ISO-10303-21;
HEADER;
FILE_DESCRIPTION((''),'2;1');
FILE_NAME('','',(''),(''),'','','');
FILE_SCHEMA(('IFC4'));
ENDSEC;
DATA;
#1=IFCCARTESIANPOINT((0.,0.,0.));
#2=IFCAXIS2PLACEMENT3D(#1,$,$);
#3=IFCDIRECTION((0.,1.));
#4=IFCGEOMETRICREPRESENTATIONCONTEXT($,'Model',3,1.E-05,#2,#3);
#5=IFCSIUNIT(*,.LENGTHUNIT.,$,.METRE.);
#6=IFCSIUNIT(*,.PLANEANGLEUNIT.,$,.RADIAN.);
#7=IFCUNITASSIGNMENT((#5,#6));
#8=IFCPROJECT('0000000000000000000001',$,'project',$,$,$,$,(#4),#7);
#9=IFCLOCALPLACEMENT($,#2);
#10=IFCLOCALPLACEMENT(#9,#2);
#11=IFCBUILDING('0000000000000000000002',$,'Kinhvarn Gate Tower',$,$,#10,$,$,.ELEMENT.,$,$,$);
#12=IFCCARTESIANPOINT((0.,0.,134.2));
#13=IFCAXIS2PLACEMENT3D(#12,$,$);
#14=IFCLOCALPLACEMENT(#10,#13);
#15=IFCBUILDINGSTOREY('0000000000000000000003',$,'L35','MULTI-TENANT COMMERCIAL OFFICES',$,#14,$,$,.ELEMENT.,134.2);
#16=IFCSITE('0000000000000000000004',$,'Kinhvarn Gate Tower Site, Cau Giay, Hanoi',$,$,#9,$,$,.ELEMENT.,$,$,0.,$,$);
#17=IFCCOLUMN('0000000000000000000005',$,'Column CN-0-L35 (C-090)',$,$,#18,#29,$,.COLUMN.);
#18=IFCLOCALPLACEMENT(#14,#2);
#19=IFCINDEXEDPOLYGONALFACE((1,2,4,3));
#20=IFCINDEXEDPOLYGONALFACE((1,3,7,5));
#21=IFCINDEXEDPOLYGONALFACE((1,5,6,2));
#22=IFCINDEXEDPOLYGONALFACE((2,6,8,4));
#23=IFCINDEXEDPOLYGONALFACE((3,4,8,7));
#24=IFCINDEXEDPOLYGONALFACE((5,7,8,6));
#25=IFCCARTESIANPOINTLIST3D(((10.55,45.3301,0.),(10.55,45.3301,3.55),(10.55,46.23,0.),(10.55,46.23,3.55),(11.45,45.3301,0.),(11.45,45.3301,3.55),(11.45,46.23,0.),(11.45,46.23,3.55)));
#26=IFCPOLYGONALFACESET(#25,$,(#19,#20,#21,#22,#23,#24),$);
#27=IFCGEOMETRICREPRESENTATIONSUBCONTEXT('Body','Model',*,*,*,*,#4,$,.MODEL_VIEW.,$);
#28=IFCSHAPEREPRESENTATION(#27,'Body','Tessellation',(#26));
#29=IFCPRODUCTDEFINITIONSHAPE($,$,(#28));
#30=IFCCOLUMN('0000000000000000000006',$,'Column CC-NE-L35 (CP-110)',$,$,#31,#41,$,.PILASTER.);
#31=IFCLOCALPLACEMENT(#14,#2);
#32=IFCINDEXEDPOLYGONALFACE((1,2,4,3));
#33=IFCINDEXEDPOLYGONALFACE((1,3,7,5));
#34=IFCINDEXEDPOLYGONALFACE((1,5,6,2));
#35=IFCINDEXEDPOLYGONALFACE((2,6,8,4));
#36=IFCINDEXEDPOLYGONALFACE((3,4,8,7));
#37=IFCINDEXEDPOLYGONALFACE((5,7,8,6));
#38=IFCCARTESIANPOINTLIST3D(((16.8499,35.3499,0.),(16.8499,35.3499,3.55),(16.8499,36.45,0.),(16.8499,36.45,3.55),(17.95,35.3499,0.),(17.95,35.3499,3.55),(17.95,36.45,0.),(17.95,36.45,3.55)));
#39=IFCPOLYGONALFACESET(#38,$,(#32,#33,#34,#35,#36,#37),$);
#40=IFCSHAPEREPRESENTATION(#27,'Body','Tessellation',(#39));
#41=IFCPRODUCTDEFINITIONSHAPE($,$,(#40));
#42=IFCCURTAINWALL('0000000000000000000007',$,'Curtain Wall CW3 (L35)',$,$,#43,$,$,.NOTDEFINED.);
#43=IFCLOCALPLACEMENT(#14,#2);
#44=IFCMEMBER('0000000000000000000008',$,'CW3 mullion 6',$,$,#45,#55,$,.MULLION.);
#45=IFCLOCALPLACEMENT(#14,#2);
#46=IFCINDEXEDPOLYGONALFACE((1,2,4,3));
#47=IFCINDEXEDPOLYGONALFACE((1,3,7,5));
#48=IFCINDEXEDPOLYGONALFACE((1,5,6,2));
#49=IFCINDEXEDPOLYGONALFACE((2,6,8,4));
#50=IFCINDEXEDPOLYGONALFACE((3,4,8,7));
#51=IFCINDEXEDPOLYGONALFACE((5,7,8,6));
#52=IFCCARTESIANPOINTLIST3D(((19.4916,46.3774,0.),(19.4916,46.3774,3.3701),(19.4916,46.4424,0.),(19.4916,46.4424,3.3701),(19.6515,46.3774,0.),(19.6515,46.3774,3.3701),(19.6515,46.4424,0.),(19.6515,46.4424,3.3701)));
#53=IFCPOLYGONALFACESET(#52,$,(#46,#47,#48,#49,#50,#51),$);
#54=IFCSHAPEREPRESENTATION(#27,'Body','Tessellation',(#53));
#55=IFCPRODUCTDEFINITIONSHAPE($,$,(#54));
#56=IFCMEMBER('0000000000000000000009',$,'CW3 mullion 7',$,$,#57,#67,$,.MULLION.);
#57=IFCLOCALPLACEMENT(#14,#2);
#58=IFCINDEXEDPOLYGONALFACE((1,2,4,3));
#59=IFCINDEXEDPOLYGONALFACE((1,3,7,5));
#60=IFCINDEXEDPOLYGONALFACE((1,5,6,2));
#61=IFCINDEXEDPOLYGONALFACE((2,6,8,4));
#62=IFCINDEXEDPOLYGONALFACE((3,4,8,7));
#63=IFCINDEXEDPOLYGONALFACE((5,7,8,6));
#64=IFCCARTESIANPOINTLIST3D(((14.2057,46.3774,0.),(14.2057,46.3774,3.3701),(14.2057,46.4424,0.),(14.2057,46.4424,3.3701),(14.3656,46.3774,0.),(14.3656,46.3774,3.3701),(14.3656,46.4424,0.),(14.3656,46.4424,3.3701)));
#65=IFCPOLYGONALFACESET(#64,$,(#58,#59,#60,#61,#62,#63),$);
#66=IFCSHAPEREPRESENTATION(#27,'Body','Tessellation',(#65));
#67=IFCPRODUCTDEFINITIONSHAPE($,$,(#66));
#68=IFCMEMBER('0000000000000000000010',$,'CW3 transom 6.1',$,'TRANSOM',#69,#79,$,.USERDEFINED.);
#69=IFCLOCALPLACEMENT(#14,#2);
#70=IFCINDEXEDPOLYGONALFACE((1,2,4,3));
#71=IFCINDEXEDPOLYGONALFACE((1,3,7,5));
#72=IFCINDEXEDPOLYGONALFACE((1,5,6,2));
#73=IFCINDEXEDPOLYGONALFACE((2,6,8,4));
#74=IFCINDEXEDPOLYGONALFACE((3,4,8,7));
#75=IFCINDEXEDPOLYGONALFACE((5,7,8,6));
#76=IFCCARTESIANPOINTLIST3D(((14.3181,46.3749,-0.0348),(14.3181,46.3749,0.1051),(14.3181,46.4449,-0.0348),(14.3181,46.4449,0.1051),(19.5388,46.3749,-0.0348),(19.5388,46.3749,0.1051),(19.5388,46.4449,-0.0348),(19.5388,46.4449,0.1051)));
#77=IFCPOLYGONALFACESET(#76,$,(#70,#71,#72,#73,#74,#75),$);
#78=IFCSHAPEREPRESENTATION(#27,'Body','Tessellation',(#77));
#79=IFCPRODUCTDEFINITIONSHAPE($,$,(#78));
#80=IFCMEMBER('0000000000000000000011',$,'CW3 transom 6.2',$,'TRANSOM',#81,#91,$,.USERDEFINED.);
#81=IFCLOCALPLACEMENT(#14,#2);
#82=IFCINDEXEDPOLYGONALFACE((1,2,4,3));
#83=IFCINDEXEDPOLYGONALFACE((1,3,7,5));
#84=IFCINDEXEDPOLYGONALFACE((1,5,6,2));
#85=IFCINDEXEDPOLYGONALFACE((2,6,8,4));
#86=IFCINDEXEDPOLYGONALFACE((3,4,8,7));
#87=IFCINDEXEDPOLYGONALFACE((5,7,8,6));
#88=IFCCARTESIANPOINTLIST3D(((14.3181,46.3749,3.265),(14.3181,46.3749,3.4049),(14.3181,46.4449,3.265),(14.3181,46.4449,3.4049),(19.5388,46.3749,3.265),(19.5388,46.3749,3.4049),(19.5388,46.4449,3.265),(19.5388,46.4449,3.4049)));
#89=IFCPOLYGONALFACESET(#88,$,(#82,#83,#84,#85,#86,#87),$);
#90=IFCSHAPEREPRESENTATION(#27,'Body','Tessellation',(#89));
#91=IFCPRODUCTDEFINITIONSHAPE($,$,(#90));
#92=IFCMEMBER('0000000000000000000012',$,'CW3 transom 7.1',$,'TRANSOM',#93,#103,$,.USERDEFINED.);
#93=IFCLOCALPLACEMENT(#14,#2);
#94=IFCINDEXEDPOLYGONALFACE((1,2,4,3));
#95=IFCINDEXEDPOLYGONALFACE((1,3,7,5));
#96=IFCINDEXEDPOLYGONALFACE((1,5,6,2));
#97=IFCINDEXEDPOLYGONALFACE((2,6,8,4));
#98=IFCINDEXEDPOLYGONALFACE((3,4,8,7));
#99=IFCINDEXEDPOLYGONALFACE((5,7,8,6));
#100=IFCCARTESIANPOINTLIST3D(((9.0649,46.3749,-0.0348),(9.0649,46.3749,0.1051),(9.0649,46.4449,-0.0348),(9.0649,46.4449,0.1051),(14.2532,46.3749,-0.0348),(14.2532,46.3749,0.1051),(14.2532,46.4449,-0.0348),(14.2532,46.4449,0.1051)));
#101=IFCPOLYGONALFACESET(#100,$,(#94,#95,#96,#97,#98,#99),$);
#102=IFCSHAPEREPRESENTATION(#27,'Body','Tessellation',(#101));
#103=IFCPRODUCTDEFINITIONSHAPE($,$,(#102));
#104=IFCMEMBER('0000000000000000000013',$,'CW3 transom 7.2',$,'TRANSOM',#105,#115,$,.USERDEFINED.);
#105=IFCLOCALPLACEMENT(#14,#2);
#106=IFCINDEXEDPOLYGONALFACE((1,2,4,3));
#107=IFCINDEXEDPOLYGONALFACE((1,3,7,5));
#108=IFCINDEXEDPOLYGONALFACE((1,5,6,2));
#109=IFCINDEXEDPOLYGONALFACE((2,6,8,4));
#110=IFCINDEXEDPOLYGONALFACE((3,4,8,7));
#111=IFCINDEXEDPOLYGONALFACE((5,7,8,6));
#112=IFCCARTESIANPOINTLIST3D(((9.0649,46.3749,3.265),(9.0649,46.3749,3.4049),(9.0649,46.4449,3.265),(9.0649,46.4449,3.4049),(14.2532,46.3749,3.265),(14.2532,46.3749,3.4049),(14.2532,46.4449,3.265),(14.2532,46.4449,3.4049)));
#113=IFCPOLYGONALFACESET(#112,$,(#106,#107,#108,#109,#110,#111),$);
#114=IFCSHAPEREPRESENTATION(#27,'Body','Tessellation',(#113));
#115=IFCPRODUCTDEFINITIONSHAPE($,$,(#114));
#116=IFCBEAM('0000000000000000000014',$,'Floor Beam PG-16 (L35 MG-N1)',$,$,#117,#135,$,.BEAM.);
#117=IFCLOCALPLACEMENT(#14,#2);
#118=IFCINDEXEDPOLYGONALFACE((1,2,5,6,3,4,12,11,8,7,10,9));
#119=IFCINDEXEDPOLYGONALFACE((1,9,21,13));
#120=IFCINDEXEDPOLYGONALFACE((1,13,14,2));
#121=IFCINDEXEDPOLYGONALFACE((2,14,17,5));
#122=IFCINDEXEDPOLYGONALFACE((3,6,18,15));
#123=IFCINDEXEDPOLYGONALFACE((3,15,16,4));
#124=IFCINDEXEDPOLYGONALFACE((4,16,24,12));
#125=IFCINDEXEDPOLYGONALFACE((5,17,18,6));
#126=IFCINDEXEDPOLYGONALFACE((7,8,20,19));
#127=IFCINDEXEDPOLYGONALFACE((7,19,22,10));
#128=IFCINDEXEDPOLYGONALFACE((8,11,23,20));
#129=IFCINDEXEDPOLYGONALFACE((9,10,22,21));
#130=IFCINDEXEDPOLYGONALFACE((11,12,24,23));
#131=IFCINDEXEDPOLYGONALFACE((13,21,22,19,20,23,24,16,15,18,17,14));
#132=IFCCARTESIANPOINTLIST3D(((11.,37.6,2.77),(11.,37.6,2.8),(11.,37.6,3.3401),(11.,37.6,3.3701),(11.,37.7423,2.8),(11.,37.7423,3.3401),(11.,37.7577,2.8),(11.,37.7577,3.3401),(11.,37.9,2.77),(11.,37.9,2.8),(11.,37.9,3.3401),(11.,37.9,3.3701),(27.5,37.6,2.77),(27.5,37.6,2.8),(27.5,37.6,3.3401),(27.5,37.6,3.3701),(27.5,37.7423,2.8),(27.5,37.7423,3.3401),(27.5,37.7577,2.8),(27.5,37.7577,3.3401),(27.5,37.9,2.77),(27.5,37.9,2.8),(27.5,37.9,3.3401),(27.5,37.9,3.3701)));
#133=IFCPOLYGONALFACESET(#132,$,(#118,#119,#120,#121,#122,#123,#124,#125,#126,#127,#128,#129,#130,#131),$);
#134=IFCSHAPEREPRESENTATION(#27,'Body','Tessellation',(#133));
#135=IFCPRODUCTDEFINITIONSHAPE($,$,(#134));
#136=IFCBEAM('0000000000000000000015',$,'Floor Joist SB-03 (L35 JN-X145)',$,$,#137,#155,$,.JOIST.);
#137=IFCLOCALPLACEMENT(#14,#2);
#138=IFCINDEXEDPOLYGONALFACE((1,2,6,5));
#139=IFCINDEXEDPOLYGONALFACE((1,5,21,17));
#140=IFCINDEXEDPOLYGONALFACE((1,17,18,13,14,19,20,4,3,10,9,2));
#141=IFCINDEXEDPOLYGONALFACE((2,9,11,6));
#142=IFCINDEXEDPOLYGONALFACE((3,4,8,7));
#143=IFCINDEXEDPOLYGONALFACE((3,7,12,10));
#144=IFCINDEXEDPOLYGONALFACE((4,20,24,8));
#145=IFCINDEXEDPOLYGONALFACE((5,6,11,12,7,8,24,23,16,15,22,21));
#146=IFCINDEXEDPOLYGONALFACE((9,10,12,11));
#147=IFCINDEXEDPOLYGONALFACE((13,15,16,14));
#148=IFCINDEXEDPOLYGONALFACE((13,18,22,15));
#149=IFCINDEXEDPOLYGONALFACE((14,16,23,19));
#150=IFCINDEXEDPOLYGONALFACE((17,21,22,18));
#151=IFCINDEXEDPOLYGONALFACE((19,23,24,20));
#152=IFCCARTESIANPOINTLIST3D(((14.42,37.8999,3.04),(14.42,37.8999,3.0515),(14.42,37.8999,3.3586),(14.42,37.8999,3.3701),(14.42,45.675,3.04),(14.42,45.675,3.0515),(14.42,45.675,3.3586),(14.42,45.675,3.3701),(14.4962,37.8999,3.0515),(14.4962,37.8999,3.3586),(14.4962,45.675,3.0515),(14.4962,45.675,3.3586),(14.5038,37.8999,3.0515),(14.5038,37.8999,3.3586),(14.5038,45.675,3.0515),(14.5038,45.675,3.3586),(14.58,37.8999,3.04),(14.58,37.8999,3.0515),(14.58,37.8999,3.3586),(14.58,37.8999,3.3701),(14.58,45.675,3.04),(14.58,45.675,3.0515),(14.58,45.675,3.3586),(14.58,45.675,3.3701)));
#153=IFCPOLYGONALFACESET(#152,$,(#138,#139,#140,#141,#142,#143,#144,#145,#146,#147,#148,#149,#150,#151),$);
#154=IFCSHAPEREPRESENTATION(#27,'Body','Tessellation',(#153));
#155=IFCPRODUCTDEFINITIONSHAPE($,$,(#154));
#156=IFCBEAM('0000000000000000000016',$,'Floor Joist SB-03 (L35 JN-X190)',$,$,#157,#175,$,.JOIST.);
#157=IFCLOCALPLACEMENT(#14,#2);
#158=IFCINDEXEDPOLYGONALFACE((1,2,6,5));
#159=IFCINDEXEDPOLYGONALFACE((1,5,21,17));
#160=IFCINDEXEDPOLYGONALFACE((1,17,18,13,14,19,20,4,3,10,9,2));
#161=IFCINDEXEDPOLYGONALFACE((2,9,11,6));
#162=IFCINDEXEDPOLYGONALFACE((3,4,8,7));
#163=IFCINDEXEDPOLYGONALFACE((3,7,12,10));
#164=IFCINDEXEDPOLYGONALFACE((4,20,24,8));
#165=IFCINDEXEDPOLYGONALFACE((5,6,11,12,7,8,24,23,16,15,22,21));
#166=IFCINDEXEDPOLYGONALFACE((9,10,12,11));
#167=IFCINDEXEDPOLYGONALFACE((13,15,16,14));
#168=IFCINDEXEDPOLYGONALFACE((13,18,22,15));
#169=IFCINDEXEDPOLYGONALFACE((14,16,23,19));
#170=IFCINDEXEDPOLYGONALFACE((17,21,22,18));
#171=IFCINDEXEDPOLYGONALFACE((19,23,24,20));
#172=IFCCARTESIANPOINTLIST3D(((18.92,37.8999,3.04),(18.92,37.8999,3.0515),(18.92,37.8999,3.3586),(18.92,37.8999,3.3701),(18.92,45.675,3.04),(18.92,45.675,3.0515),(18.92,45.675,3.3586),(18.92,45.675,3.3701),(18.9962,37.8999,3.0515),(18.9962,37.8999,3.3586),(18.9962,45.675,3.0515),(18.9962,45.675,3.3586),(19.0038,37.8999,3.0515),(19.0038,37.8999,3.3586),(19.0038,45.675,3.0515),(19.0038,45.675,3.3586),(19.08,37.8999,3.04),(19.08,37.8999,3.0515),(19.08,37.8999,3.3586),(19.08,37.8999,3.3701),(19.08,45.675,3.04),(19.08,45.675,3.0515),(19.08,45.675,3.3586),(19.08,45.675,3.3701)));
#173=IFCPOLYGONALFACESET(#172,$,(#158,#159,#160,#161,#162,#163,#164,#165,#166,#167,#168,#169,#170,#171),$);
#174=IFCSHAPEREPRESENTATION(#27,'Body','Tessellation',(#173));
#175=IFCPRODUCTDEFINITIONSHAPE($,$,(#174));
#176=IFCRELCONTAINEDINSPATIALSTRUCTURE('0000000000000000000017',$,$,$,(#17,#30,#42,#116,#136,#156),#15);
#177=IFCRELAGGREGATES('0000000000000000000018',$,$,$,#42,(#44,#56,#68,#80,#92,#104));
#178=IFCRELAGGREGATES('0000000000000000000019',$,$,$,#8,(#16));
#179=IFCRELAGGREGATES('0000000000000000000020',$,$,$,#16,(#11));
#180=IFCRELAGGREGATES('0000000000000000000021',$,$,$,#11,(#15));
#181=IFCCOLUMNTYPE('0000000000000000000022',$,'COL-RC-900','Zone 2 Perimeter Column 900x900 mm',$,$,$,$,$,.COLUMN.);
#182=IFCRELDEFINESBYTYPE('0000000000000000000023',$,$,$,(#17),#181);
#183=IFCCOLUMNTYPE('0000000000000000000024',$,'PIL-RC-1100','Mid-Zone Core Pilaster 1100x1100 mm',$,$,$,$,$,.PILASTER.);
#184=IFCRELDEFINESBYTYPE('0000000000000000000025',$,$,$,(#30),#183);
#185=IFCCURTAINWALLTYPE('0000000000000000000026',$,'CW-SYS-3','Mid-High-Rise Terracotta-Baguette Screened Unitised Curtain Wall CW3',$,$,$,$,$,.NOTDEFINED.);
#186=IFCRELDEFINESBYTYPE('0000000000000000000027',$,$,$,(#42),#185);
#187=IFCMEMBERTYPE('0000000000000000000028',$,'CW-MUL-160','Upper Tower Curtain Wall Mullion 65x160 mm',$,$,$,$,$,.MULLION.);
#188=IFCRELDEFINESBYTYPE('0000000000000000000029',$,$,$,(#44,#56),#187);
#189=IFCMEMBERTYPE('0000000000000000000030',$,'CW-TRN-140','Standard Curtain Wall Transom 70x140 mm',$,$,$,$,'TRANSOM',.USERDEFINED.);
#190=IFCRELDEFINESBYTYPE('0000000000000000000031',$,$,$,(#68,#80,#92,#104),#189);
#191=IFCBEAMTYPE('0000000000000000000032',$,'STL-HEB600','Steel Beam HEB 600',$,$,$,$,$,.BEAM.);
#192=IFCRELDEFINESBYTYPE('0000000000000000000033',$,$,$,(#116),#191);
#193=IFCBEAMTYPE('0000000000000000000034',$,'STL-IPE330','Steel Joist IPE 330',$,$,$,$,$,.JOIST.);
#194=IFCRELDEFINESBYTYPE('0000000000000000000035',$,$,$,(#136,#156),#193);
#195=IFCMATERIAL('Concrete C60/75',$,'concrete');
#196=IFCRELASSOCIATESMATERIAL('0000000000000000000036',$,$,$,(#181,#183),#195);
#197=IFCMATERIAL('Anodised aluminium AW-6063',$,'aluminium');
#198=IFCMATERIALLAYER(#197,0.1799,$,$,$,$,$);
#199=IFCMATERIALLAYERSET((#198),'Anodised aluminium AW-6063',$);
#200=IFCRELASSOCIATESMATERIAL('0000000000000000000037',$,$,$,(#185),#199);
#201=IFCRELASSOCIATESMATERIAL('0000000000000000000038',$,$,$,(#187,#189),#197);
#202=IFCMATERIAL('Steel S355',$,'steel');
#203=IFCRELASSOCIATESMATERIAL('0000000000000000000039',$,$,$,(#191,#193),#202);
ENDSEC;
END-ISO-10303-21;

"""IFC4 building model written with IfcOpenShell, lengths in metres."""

from ifc_helpers import new_model, si_unit, direction, frame, origin, origin_2d, place, context, subcontext, project, spatial, rectangle, i_section, extrude, material, layer, layer_set, material_profile, profile_set, type_object, element, aggregate, save


model = new_model("IFC4")

# Units and contexts
model_context = context("Model", 3, precision=1e-05, world=origin(), true_north=direction((0.0, 1.0)))
body_context = subcontext(model_context, "Body", "Model", "MODEL_VIEW")
ifc_project = project(units=[si_unit("LENGTHUNIT", "METRE"), si_unit("PLANEANGLEUNIT", "RADIAN")], contexts=[model_context])

# Site, building, storey
site_placement = place(None, origin())
site = spatial("IfcSite", under=ifc_project, at=site_placement, Name="Kinhvarn Gate Tower Site, Cau Giay, Hanoi", CompositionType="ELEMENT", RefElevation=0.0)
building_placement = place(site_placement, origin())
building = spatial("IfcBuilding", under=site, at=building_placement, Name="Kinhvarn Gate Tower", CompositionType="ELEMENT")
storey_placement = place(building_placement, frame((0.0, 0.0, 134.2)))
storey = spatial("IfcBuildingStorey", under=building, at=storey_placement, Name="L35", Description="MULTI-TENANT COMMERCIAL OFFICES", CompositionType="ELEMENT", Elevation=134.2)

# Columns
ifc_material_1 = material(Name="Concrete C60/75", Category="concrete")
ifc_material_profile_1 = material_profile(ifc_material_1, rectangle(XDim=0.8999, YDim=0.8999, at=origin_2d()), Name="RC 900x900")
ifc_profile_set_1 = profile_set([ifc_material_profile_1], Name="Concrete C60/75")
column_type_1 = type_object("IfcColumnType", Name="COL-RC-900", Description="Zone 2 Perimeter Column 900x900 mm", PredefinedType="COLUMN", material=ifc_profile_set_1)
column_1_placement = place(storey_placement, frame((11.0, 45.78, 0.0), z_axis=(0.0, 0.0, 1.0), x_axis=(1.0, 0.0, 0.0)))
element("IfcColumn", 1, at=column_1_placement, inside=storey, type_object=column_type_1, Name="Column CN-0-L35 (C-090)", PredefinedType="COLUMN", context=body_context, shape_type="SweptSolid", body=[
    extrude(rectangle(XDim=0.8999, YDim=0.8999, at=origin_2d()), origin(), (0.0, 0.0, 1.0), 3.55),
])
ifc_material_profile_2 = material_profile(ifc_material_1, rectangle(XDim=1.1001, YDim=1.1001, at=origin_2d()), Name="RC 1100x1100")
ifc_profile_set_2 = profile_set([ifc_material_profile_2], Name="Concrete C60/75")
column_type_2 = type_object("IfcColumnType", Name="PIL-RC-1100", Description="Mid-Zone Core Pilaster 1100x1100 mm", PredefinedType="PILASTER", material=ifc_profile_set_2)
column_2_placement = place(storey_placement, frame((17.3999, 35.8999, 0.0), z_axis=(0.0, 0.0, 1.0), x_axis=(1.0, 0.0, 0.0)))
element("IfcColumn", 2, at=column_2_placement, inside=storey, type_object=column_type_2, Name="Column CC-NE-L35 (CP-110)", PredefinedType="PILASTER", context=body_context, shape_type="SweptSolid", body=[
    extrude(rectangle(XDim=1.1001, YDim=1.1001, at=origin_2d()), origin(), (0.0, 0.0, 1.0), 3.55),
])

# Curtain wall, members
ifc_material_2 = material(Name="Anodised aluminium AW-6063", Category="aluminium")
ifc_layer_1 = layer(ifc_material_2, 0.1799)
ifc_layer_set_1 = layer_set([ifc_layer_1], Name="Anodised aluminium AW-6063")
curtain_wall_type = type_object("IfcCurtainWallType", Name="CW-SYS-3", Description="Mid-High-Rise Terracotta-Baguette Screened Unitised Curtain Wall CW3", PredefinedType="NOTDEFINED", material=ifc_layer_set_1)
curtain_wall_placement = place(storey_placement, origin())
curtain_wall = element("IfcCurtainWall", 3, at=curtain_wall_placement, inside=storey, type_object=curtain_wall_type, Name="Curtain Wall CW3 (L35)", PredefinedType="NOTDEFINED")
ifc_material_profile_3 = material_profile(ifc_material_2, rectangle(XDim=0.0649, YDim=0.1599, at=origin_2d()), Name="ALU 65x160")
ifc_profile_set_3 = profile_set([ifc_material_profile_3], Name="Anodised aluminium AW-6063")
member_type_1 = type_object("IfcMemberType", Name="CW-MUL-160", Description="Upper Tower Curtain Wall Mullion 65x160 mm", PredefinedType="MULLION", material=ifc_profile_set_3)
member_1_placement = place(storey_placement, frame((19.5715, 46.4099, 0.0), z_axis=(0.0, 0.0, 1.0), x_axis=(0.0, -1.0, 0.0)))
member_1 = element("IfcMember", 4, at=member_1_placement, type_object=member_type_1, Name="CW3 mullion 6", PredefinedType="MULLION", context=body_context, shape_type="SweptSolid", body=[
    extrude(rectangle(XDim=0.0649, YDim=0.1599, at=origin_2d()), origin(), (0.0, 0.0, 1.0), 3.3701),
])
member_2_placement = place(storey_placement, frame((14.2856, 46.4099, 0.0), z_axis=(0.0, 0.0, 1.0), x_axis=(0.0, -1.0, 0.0)))
member_2 = element("IfcMember", 5, at=member_2_placement, type_object=member_type_1, Name="CW3 mullion 7", PredefinedType="MULLION", context=body_context, shape_type="SweptSolid", body=[
    extrude(rectangle(XDim=0.0649, YDim=0.1599, at=origin_2d()), origin(), (0.0, 0.0, 1.0), 3.3701),
])
ifc_material_profile_4 = material_profile(ifc_material_2, rectangle(XDim=0.0701, YDim=0.1399, at=origin_2d()), Name="ALU 70x140")
ifc_profile_set_4 = profile_set([ifc_material_profile_4], Name="Anodised aluminium AW-6063")
member_type_2 = type_object("IfcMemberType", Name="CW-TRN-140", Description="Standard Curtain Wall Transom 70x140 mm", ElementType="TRANSOM", PredefinedType="USERDEFINED", material=ifc_profile_set_4)
member_3_placement = place(storey_placement, frame((19.5388, 46.4099, 0.0352), z_axis=(-1.0, 0.0, 0.0), x_axis=(0.0, -1.0, 0.0)))
member_3 = element("IfcMember", 6, at=member_3_placement, type_object=member_type_2, Name="CW3 transom 6.1", ObjectType="TRANSOM", PredefinedType="USERDEFINED", context=body_context, shape_type="SweptSolid", body=[
    extrude(rectangle(XDim=0.0701, YDim=0.1399, at=origin_2d()), origin(), (0.0, 0.0, 1.0), 5.2207),
])
member_4_placement = place(storey_placement, frame((19.5388, 46.4099, 3.335), z_axis=(-1.0, 0.0, 0.0), x_axis=(0.0, -1.0, 0.0)))
member_4 = element("IfcMember", 7, at=member_4_placement, type_object=member_type_2, Name="CW3 transom 6.2", ObjectType="TRANSOM", PredefinedType="USERDEFINED", context=body_context, shape_type="SweptSolid", body=[
    extrude(rectangle(XDim=0.0701, YDim=0.1399, at=origin_2d()), origin(), (0.0, 0.0, 1.0), 5.2207),
])
member_5_placement = place(storey_placement, frame((14.2532, 46.4099, 0.0352), z_axis=(-1.0, 0.0, 0.0), x_axis=(0.0, -1.0, 0.0)))
member_5 = element("IfcMember", 8, at=member_5_placement, type_object=member_type_2, Name="CW3 transom 7.1", ObjectType="TRANSOM", PredefinedType="USERDEFINED", context=body_context, shape_type="SweptSolid", body=[
    extrude(rectangle(XDim=0.0701, YDim=0.1399, at=origin_2d()), origin(), (0.0, 0.0, 1.0), 5.1882),
])
member_6_placement = place(storey_placement, frame((14.2532, 46.4099, 3.335), z_axis=(-1.0, 0.0, 0.0), x_axis=(0.0, -1.0, 0.0)))
member_6 = element("IfcMember", 9, at=member_6_placement, type_object=member_type_2, Name="CW3 transom 7.2", ObjectType="TRANSOM", PredefinedType="USERDEFINED", context=body_context, shape_type="SweptSolid", body=[
    extrude(rectangle(XDim=0.0701, YDim=0.1399, at=origin_2d()), origin(), (0.0, 0.0, 1.0), 5.1882),
])

# Beams
ifc_material_3 = material(Name="Steel S355", Category="steel")
ifc_material_profile_5 = material_profile(ifc_material_3, i_section(OverallWidth=0.3, OverallDepth=0.6001, WebThickness=0.0154, FlangeThickness=0.03, at=origin_2d()), Name="HEB 600")
ifc_profile_set_5 = profile_set([ifc_material_profile_5], Name="Steel S355")
beam_type_1 = type_object("IfcBeamType", Name="STL-HEB600", Description="Steel Beam HEB 600", PredefinedType="BEAM", material=ifc_profile_set_5)
beam_1_placement = place(storey_placement, frame((11.0, 37.75, 3.0701), z_axis=(1.0, 0.0, 0.0), x_axis=(0.0, 1.0, 0.0)))
element("IfcBeam", 10, at=beam_1_placement, inside=storey, type_object=beam_type_1, Name="Floor Beam PG-16 (L35 MG-N1)", PredefinedType="BEAM", context=body_context, shape_type="SweptSolid", body=[
    extrude(i_section(OverallWidth=0.3, OverallDepth=0.6001, WebThickness=0.0154, FlangeThickness=0.03, at=origin_2d()), origin(), (0.0, 0.0, 1.0), 16.5),
])
ifc_material_profile_6 = material_profile(ifc_material_3, i_section(OverallWidth=0.1599, OverallDepth=0.3301, WebThickness=0.0076, FlangeThickness=0.0115, at=origin_2d()), Name="IPE 330")
ifc_profile_set_6 = profile_set([ifc_material_profile_6], Name="Steel S355")
beam_type_2 = type_object("IfcBeamType", Name="STL-IPE330", Description="Steel Joist IPE 330", PredefinedType="JOIST", material=ifc_profile_set_6)
for number, where, z_axis, x_axis, name in (
    (11, (14.5, 37.8999, 3.2051), (0.0, 1.0, 0.0), (-1.0, 0.0, 0.0), "Floor Joist SB-03 (L35 JN-X145)"),
    (12, (19.0, 37.8999, 3.2051), (0.0, 1.0, 0.0), (-1.0, 0.0, 0.0), "Floor Joist SB-03 (L35 JN-X190)"),
):
    element("IfcBeam", number, at=place(storey_placement, frame(where, z_axis=z_axis, x_axis=x_axis)), inside=storey, type_object=beam_type_2, Name=name, PredefinedType="JOIST", context=body_context, shape_type="SweptSolid", body=[
        extrude(i_section(OverallWidth=0.1599, OverallDepth=0.3301, WebThickness=0.0076, FlangeThickness=0.0115, at=origin_2d()), origin(), (0.0, 0.0, 1.0), 7.7751),
    ])

aggregate(curtain_wall, [member_1, member_2, member_3, member_4, member_5, member_6])

save(model, "model.ifc")
